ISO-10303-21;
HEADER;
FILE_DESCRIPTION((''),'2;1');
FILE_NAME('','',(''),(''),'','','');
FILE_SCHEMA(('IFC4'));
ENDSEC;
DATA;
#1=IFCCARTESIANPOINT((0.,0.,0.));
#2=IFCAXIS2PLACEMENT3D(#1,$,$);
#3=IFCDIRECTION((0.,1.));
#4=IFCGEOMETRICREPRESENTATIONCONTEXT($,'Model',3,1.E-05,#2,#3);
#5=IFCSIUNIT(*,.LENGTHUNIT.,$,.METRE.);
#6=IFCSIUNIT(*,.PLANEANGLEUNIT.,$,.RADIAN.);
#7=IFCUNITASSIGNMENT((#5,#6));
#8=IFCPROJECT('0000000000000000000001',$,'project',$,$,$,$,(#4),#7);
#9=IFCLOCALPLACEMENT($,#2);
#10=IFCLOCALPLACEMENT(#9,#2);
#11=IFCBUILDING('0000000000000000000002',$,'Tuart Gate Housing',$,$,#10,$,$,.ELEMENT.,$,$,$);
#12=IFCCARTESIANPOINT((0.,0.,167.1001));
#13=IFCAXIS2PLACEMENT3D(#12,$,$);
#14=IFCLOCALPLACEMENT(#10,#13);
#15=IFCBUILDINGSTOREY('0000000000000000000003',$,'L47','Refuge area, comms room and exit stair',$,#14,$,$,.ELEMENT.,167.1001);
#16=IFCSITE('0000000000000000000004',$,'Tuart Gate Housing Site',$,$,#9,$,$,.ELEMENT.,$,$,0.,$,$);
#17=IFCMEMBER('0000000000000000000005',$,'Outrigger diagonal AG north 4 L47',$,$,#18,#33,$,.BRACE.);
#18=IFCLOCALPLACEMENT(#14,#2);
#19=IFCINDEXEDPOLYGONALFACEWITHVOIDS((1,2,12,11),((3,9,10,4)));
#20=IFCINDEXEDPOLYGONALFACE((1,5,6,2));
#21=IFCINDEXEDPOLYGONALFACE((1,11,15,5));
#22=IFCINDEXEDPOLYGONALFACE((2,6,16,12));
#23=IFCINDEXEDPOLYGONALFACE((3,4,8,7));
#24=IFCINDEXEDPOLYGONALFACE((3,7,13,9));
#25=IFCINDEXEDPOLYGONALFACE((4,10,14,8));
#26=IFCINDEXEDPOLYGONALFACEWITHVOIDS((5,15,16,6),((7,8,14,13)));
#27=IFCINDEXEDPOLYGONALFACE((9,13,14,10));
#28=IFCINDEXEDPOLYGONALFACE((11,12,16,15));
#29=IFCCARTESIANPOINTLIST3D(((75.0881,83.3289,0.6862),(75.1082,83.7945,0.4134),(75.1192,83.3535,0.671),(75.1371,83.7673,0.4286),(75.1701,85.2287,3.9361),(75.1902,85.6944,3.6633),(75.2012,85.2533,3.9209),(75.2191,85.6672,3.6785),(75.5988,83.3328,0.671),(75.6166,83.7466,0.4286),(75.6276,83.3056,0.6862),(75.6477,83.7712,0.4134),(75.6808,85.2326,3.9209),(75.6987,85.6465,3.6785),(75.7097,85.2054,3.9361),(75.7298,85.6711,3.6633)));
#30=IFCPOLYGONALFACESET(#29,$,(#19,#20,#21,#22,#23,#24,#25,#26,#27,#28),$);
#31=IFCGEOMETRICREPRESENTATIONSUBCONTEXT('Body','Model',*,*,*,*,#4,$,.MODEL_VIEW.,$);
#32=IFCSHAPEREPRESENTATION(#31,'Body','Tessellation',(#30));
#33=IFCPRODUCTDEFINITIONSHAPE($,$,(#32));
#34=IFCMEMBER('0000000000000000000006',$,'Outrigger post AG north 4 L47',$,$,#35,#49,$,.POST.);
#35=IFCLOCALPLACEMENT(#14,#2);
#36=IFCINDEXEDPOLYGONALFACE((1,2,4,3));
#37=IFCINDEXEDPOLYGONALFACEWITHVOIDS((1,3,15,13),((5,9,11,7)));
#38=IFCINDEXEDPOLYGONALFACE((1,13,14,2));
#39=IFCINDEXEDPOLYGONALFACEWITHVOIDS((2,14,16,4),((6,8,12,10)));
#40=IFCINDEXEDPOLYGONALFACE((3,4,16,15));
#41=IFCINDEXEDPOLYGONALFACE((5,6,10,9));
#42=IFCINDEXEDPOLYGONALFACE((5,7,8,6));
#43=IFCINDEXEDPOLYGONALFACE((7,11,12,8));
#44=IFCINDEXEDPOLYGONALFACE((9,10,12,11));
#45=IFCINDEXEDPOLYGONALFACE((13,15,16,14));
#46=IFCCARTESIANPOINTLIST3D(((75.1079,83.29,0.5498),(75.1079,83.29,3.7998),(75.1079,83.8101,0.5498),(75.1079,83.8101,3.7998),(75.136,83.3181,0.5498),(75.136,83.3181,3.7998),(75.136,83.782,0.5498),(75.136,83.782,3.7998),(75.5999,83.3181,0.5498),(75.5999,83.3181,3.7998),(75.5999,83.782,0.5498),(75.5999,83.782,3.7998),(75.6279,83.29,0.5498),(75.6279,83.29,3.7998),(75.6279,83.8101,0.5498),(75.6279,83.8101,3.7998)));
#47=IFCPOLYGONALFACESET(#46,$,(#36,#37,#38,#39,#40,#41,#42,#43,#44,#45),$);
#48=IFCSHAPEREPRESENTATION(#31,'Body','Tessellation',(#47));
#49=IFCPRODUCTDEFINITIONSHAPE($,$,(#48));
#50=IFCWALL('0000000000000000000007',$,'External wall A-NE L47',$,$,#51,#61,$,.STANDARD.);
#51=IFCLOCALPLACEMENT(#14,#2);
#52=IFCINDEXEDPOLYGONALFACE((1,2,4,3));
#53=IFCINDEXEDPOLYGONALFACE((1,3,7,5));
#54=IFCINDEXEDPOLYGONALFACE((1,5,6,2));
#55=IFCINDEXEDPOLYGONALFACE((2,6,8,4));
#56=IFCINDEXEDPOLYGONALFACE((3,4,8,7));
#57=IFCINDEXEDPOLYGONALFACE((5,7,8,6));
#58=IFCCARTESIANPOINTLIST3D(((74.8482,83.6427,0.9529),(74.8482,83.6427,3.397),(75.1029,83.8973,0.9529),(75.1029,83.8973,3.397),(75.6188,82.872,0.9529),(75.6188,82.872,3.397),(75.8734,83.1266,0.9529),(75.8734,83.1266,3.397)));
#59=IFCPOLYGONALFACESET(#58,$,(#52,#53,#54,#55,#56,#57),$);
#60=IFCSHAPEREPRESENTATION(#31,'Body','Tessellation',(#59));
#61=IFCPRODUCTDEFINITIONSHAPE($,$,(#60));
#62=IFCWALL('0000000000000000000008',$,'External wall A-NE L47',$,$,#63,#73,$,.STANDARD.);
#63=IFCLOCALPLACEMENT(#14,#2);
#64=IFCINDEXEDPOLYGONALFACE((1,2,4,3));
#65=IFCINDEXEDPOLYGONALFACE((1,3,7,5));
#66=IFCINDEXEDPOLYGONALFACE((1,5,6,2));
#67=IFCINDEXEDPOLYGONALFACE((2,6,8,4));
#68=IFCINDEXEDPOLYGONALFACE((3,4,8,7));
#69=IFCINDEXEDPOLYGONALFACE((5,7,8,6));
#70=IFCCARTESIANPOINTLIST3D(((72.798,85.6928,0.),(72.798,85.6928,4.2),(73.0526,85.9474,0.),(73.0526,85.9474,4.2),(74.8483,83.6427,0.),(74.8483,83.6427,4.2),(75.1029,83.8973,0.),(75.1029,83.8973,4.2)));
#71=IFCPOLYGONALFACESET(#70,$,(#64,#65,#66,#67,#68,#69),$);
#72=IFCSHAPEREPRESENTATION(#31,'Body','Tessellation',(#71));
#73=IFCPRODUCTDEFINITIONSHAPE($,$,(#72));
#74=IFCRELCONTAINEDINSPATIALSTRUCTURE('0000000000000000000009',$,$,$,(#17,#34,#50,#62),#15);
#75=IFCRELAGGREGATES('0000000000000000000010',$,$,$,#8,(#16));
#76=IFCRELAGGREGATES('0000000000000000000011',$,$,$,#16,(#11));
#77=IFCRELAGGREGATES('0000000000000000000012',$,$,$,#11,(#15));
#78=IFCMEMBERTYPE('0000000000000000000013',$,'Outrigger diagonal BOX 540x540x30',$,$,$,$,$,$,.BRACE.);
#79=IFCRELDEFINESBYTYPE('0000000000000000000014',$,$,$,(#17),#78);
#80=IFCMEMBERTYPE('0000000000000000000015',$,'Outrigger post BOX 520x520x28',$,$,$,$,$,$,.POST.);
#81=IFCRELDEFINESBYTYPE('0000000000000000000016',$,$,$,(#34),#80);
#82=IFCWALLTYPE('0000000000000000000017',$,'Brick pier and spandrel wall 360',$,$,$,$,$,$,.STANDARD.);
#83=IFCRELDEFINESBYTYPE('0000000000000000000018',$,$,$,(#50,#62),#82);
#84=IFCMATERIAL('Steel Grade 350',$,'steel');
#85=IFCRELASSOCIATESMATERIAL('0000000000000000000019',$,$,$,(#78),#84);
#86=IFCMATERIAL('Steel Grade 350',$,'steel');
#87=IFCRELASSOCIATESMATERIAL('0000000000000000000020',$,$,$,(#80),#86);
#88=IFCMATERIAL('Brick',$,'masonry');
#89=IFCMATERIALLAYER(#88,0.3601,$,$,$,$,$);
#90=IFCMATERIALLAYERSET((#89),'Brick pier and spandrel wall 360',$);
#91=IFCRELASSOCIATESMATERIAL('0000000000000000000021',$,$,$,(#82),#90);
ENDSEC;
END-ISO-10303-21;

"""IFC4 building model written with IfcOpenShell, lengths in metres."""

from ifc_helpers import new_model, si_unit, direction, frame, frame_2d, origin, origin_2d, place, context, subcontext, project, spatial, rectangle, hollow_rectangle, extrude, material, layer, layer_set, material_profile, profile_set, type_object, element, save


model = new_model("IFC4")

# Units and contexts
model_context = context("Model", 3, precision=1e-05, world=origin(), true_north=direction((0.0, 1.0)))
body_context = subcontext(model_context, "Body", "Model", "MODEL_VIEW")
ifc_project = project(units=[si_unit("LENGTHUNIT", "METRE"), si_unit("PLANEANGLEUNIT", "RADIAN")], contexts=[model_context])

# Site, building, storey
site_placement = place(None, origin())
site = spatial("IfcSite", under=ifc_project, at=site_placement, Name="Tuart Gate Housing Site", CompositionType="ELEMENT", RefElevation=0.0)
building_placement = place(site_placement, origin())
building = spatial("IfcBuilding", under=site, at=building_placement, Name="Tuart Gate Housing", CompositionType="ELEMENT")
storey_placement = place(building_placement, frame((0.0, 0.0, 167.1001)))
storey = spatial("IfcBuildingStorey", under=building, at=storey_placement, Name="L47", Description="Refuge area, comms room and exit stair", CompositionType="ELEMENT", Elevation=167.1001)

# Members
ifc_material_1 = material(Name="Steel Grade 350", Category="steel")
ifc_material_profile_1 = material_profile(ifc_material_1, hollow_rectangle(XDim=0.54, YDim=0.54, WallThickness=0.03, at=origin_2d()), Name="BOX 540x540x30")
ifc_profile_set_1 = profile_set([ifc_material_profile_1], Name="Steel Grade 350")
member_type_1 = type_object("IfcMemberType", Name="Outrigger diagonal BOX 540x540x30", PredefinedType="BRACE", material=ifc_profile_set_1)
member_1_placement = place(storey_placement, frame((75.3679, 83.55, 0.5498), z_axis=(0.021785, 0.504557, 0.863103), x_axis=(-0.999069, 0.043136, 0.0)))
element("IfcMember", 1, at=member_1_placement, inside=storey, type_object=member_type_1, Name="Outrigger diagonal AG north 4 L47", PredefinedType="BRACE", context=body_context, shape_type="SweptSolid", body=[
    extrude(hollow_rectangle(XDim=0.54, YDim=0.54, WallThickness=0.03, at=origin_2d()), origin(), (0.0, 0.0, 1.0), 3.7654),
])
ifc_material_2 = material(Name="Steel Grade 350", Category="steel")
ifc_material_profile_2 = material_profile(ifc_material_2, hollow_rectangle(XDim=0.52, YDim=0.52, WallThickness=0.0281, at=origin_2d()), Name="BOX 520x520x28")
ifc_profile_set_2 = profile_set([ifc_material_profile_2], Name="Steel Grade 350")
member_type_2 = type_object("IfcMemberType", Name="Outrigger post BOX 520x520x28", PredefinedType="POST", material=ifc_profile_set_2)
member_2_placement = place(storey_placement, frame((75.3679, 83.55, 0.5498), z_axis=(0.0, 0.0, 1.0), x_axis=(1.0, 0.0, 0.0)))
element("IfcMember", 2, at=member_2_placement, inside=storey, type_object=member_type_2, Name="Outrigger post AG north 4 L47", PredefinedType="POST", context=body_context, shape_type="SweptSolid", body=[
    extrude(hollow_rectangle(XDim=0.52, YDim=0.52, WallThickness=0.0281, at=origin_2d()), origin(), (0.0, 0.0, 1.0), 3.25),
])

# Walls
ifc_material_3 = material(Name="Brick", Category="masonry")
ifc_layer = layer(ifc_material_3, 0.3601)
ifc_layer_set = layer_set([ifc_layer], Name="Brick pier and spandrel wall 360")
wall_type = type_object("IfcWallType", Name="Brick pier and spandrel wall 360", PredefinedType="STANDARD", material=ifc_layer_set)
wall_1_placement = place(storey_placement, frame((75.7461, 82.9993, 0.9529), z_axis=(0.0, 0.0, 1.0), x_axis=(-0.706995, 0.707219, 0.0)))
element("IfcWall", 3, at=wall_1_placement, inside=storey, type_object=wall_type, Name="External wall A-NE L47", PredefinedType="STANDARD", context=body_context, shape_type="SweptSolid", body=[
    extrude(rectangle(XDim=1.0898, YDim=0.3601, at=frame_2d((0.5449, 0.0))), origin(), (0.0, 0.0, 1.0), 2.4441),
])
wall_2_placement = place(storey_placement, frame((74.9756, 83.77, 0.0), z_axis=(0.0, 0.0, 1.0), x_axis=(-0.707149, 0.707065, 0.0)))
element("IfcWall", 4, at=wall_2_placement, inside=storey, type_object=wall_type, Name="External wall A-NE L47", PredefinedType="STANDARD", context=body_context, shape_type="SweptSolid", body=[
    extrude(rectangle(XDim=2.8994, YDim=0.3601, at=frame_2d((1.4497, 0.0))), origin(), (0.0, 0.0, 1.0), 4.2),
])

save(model, "model.ifc")
